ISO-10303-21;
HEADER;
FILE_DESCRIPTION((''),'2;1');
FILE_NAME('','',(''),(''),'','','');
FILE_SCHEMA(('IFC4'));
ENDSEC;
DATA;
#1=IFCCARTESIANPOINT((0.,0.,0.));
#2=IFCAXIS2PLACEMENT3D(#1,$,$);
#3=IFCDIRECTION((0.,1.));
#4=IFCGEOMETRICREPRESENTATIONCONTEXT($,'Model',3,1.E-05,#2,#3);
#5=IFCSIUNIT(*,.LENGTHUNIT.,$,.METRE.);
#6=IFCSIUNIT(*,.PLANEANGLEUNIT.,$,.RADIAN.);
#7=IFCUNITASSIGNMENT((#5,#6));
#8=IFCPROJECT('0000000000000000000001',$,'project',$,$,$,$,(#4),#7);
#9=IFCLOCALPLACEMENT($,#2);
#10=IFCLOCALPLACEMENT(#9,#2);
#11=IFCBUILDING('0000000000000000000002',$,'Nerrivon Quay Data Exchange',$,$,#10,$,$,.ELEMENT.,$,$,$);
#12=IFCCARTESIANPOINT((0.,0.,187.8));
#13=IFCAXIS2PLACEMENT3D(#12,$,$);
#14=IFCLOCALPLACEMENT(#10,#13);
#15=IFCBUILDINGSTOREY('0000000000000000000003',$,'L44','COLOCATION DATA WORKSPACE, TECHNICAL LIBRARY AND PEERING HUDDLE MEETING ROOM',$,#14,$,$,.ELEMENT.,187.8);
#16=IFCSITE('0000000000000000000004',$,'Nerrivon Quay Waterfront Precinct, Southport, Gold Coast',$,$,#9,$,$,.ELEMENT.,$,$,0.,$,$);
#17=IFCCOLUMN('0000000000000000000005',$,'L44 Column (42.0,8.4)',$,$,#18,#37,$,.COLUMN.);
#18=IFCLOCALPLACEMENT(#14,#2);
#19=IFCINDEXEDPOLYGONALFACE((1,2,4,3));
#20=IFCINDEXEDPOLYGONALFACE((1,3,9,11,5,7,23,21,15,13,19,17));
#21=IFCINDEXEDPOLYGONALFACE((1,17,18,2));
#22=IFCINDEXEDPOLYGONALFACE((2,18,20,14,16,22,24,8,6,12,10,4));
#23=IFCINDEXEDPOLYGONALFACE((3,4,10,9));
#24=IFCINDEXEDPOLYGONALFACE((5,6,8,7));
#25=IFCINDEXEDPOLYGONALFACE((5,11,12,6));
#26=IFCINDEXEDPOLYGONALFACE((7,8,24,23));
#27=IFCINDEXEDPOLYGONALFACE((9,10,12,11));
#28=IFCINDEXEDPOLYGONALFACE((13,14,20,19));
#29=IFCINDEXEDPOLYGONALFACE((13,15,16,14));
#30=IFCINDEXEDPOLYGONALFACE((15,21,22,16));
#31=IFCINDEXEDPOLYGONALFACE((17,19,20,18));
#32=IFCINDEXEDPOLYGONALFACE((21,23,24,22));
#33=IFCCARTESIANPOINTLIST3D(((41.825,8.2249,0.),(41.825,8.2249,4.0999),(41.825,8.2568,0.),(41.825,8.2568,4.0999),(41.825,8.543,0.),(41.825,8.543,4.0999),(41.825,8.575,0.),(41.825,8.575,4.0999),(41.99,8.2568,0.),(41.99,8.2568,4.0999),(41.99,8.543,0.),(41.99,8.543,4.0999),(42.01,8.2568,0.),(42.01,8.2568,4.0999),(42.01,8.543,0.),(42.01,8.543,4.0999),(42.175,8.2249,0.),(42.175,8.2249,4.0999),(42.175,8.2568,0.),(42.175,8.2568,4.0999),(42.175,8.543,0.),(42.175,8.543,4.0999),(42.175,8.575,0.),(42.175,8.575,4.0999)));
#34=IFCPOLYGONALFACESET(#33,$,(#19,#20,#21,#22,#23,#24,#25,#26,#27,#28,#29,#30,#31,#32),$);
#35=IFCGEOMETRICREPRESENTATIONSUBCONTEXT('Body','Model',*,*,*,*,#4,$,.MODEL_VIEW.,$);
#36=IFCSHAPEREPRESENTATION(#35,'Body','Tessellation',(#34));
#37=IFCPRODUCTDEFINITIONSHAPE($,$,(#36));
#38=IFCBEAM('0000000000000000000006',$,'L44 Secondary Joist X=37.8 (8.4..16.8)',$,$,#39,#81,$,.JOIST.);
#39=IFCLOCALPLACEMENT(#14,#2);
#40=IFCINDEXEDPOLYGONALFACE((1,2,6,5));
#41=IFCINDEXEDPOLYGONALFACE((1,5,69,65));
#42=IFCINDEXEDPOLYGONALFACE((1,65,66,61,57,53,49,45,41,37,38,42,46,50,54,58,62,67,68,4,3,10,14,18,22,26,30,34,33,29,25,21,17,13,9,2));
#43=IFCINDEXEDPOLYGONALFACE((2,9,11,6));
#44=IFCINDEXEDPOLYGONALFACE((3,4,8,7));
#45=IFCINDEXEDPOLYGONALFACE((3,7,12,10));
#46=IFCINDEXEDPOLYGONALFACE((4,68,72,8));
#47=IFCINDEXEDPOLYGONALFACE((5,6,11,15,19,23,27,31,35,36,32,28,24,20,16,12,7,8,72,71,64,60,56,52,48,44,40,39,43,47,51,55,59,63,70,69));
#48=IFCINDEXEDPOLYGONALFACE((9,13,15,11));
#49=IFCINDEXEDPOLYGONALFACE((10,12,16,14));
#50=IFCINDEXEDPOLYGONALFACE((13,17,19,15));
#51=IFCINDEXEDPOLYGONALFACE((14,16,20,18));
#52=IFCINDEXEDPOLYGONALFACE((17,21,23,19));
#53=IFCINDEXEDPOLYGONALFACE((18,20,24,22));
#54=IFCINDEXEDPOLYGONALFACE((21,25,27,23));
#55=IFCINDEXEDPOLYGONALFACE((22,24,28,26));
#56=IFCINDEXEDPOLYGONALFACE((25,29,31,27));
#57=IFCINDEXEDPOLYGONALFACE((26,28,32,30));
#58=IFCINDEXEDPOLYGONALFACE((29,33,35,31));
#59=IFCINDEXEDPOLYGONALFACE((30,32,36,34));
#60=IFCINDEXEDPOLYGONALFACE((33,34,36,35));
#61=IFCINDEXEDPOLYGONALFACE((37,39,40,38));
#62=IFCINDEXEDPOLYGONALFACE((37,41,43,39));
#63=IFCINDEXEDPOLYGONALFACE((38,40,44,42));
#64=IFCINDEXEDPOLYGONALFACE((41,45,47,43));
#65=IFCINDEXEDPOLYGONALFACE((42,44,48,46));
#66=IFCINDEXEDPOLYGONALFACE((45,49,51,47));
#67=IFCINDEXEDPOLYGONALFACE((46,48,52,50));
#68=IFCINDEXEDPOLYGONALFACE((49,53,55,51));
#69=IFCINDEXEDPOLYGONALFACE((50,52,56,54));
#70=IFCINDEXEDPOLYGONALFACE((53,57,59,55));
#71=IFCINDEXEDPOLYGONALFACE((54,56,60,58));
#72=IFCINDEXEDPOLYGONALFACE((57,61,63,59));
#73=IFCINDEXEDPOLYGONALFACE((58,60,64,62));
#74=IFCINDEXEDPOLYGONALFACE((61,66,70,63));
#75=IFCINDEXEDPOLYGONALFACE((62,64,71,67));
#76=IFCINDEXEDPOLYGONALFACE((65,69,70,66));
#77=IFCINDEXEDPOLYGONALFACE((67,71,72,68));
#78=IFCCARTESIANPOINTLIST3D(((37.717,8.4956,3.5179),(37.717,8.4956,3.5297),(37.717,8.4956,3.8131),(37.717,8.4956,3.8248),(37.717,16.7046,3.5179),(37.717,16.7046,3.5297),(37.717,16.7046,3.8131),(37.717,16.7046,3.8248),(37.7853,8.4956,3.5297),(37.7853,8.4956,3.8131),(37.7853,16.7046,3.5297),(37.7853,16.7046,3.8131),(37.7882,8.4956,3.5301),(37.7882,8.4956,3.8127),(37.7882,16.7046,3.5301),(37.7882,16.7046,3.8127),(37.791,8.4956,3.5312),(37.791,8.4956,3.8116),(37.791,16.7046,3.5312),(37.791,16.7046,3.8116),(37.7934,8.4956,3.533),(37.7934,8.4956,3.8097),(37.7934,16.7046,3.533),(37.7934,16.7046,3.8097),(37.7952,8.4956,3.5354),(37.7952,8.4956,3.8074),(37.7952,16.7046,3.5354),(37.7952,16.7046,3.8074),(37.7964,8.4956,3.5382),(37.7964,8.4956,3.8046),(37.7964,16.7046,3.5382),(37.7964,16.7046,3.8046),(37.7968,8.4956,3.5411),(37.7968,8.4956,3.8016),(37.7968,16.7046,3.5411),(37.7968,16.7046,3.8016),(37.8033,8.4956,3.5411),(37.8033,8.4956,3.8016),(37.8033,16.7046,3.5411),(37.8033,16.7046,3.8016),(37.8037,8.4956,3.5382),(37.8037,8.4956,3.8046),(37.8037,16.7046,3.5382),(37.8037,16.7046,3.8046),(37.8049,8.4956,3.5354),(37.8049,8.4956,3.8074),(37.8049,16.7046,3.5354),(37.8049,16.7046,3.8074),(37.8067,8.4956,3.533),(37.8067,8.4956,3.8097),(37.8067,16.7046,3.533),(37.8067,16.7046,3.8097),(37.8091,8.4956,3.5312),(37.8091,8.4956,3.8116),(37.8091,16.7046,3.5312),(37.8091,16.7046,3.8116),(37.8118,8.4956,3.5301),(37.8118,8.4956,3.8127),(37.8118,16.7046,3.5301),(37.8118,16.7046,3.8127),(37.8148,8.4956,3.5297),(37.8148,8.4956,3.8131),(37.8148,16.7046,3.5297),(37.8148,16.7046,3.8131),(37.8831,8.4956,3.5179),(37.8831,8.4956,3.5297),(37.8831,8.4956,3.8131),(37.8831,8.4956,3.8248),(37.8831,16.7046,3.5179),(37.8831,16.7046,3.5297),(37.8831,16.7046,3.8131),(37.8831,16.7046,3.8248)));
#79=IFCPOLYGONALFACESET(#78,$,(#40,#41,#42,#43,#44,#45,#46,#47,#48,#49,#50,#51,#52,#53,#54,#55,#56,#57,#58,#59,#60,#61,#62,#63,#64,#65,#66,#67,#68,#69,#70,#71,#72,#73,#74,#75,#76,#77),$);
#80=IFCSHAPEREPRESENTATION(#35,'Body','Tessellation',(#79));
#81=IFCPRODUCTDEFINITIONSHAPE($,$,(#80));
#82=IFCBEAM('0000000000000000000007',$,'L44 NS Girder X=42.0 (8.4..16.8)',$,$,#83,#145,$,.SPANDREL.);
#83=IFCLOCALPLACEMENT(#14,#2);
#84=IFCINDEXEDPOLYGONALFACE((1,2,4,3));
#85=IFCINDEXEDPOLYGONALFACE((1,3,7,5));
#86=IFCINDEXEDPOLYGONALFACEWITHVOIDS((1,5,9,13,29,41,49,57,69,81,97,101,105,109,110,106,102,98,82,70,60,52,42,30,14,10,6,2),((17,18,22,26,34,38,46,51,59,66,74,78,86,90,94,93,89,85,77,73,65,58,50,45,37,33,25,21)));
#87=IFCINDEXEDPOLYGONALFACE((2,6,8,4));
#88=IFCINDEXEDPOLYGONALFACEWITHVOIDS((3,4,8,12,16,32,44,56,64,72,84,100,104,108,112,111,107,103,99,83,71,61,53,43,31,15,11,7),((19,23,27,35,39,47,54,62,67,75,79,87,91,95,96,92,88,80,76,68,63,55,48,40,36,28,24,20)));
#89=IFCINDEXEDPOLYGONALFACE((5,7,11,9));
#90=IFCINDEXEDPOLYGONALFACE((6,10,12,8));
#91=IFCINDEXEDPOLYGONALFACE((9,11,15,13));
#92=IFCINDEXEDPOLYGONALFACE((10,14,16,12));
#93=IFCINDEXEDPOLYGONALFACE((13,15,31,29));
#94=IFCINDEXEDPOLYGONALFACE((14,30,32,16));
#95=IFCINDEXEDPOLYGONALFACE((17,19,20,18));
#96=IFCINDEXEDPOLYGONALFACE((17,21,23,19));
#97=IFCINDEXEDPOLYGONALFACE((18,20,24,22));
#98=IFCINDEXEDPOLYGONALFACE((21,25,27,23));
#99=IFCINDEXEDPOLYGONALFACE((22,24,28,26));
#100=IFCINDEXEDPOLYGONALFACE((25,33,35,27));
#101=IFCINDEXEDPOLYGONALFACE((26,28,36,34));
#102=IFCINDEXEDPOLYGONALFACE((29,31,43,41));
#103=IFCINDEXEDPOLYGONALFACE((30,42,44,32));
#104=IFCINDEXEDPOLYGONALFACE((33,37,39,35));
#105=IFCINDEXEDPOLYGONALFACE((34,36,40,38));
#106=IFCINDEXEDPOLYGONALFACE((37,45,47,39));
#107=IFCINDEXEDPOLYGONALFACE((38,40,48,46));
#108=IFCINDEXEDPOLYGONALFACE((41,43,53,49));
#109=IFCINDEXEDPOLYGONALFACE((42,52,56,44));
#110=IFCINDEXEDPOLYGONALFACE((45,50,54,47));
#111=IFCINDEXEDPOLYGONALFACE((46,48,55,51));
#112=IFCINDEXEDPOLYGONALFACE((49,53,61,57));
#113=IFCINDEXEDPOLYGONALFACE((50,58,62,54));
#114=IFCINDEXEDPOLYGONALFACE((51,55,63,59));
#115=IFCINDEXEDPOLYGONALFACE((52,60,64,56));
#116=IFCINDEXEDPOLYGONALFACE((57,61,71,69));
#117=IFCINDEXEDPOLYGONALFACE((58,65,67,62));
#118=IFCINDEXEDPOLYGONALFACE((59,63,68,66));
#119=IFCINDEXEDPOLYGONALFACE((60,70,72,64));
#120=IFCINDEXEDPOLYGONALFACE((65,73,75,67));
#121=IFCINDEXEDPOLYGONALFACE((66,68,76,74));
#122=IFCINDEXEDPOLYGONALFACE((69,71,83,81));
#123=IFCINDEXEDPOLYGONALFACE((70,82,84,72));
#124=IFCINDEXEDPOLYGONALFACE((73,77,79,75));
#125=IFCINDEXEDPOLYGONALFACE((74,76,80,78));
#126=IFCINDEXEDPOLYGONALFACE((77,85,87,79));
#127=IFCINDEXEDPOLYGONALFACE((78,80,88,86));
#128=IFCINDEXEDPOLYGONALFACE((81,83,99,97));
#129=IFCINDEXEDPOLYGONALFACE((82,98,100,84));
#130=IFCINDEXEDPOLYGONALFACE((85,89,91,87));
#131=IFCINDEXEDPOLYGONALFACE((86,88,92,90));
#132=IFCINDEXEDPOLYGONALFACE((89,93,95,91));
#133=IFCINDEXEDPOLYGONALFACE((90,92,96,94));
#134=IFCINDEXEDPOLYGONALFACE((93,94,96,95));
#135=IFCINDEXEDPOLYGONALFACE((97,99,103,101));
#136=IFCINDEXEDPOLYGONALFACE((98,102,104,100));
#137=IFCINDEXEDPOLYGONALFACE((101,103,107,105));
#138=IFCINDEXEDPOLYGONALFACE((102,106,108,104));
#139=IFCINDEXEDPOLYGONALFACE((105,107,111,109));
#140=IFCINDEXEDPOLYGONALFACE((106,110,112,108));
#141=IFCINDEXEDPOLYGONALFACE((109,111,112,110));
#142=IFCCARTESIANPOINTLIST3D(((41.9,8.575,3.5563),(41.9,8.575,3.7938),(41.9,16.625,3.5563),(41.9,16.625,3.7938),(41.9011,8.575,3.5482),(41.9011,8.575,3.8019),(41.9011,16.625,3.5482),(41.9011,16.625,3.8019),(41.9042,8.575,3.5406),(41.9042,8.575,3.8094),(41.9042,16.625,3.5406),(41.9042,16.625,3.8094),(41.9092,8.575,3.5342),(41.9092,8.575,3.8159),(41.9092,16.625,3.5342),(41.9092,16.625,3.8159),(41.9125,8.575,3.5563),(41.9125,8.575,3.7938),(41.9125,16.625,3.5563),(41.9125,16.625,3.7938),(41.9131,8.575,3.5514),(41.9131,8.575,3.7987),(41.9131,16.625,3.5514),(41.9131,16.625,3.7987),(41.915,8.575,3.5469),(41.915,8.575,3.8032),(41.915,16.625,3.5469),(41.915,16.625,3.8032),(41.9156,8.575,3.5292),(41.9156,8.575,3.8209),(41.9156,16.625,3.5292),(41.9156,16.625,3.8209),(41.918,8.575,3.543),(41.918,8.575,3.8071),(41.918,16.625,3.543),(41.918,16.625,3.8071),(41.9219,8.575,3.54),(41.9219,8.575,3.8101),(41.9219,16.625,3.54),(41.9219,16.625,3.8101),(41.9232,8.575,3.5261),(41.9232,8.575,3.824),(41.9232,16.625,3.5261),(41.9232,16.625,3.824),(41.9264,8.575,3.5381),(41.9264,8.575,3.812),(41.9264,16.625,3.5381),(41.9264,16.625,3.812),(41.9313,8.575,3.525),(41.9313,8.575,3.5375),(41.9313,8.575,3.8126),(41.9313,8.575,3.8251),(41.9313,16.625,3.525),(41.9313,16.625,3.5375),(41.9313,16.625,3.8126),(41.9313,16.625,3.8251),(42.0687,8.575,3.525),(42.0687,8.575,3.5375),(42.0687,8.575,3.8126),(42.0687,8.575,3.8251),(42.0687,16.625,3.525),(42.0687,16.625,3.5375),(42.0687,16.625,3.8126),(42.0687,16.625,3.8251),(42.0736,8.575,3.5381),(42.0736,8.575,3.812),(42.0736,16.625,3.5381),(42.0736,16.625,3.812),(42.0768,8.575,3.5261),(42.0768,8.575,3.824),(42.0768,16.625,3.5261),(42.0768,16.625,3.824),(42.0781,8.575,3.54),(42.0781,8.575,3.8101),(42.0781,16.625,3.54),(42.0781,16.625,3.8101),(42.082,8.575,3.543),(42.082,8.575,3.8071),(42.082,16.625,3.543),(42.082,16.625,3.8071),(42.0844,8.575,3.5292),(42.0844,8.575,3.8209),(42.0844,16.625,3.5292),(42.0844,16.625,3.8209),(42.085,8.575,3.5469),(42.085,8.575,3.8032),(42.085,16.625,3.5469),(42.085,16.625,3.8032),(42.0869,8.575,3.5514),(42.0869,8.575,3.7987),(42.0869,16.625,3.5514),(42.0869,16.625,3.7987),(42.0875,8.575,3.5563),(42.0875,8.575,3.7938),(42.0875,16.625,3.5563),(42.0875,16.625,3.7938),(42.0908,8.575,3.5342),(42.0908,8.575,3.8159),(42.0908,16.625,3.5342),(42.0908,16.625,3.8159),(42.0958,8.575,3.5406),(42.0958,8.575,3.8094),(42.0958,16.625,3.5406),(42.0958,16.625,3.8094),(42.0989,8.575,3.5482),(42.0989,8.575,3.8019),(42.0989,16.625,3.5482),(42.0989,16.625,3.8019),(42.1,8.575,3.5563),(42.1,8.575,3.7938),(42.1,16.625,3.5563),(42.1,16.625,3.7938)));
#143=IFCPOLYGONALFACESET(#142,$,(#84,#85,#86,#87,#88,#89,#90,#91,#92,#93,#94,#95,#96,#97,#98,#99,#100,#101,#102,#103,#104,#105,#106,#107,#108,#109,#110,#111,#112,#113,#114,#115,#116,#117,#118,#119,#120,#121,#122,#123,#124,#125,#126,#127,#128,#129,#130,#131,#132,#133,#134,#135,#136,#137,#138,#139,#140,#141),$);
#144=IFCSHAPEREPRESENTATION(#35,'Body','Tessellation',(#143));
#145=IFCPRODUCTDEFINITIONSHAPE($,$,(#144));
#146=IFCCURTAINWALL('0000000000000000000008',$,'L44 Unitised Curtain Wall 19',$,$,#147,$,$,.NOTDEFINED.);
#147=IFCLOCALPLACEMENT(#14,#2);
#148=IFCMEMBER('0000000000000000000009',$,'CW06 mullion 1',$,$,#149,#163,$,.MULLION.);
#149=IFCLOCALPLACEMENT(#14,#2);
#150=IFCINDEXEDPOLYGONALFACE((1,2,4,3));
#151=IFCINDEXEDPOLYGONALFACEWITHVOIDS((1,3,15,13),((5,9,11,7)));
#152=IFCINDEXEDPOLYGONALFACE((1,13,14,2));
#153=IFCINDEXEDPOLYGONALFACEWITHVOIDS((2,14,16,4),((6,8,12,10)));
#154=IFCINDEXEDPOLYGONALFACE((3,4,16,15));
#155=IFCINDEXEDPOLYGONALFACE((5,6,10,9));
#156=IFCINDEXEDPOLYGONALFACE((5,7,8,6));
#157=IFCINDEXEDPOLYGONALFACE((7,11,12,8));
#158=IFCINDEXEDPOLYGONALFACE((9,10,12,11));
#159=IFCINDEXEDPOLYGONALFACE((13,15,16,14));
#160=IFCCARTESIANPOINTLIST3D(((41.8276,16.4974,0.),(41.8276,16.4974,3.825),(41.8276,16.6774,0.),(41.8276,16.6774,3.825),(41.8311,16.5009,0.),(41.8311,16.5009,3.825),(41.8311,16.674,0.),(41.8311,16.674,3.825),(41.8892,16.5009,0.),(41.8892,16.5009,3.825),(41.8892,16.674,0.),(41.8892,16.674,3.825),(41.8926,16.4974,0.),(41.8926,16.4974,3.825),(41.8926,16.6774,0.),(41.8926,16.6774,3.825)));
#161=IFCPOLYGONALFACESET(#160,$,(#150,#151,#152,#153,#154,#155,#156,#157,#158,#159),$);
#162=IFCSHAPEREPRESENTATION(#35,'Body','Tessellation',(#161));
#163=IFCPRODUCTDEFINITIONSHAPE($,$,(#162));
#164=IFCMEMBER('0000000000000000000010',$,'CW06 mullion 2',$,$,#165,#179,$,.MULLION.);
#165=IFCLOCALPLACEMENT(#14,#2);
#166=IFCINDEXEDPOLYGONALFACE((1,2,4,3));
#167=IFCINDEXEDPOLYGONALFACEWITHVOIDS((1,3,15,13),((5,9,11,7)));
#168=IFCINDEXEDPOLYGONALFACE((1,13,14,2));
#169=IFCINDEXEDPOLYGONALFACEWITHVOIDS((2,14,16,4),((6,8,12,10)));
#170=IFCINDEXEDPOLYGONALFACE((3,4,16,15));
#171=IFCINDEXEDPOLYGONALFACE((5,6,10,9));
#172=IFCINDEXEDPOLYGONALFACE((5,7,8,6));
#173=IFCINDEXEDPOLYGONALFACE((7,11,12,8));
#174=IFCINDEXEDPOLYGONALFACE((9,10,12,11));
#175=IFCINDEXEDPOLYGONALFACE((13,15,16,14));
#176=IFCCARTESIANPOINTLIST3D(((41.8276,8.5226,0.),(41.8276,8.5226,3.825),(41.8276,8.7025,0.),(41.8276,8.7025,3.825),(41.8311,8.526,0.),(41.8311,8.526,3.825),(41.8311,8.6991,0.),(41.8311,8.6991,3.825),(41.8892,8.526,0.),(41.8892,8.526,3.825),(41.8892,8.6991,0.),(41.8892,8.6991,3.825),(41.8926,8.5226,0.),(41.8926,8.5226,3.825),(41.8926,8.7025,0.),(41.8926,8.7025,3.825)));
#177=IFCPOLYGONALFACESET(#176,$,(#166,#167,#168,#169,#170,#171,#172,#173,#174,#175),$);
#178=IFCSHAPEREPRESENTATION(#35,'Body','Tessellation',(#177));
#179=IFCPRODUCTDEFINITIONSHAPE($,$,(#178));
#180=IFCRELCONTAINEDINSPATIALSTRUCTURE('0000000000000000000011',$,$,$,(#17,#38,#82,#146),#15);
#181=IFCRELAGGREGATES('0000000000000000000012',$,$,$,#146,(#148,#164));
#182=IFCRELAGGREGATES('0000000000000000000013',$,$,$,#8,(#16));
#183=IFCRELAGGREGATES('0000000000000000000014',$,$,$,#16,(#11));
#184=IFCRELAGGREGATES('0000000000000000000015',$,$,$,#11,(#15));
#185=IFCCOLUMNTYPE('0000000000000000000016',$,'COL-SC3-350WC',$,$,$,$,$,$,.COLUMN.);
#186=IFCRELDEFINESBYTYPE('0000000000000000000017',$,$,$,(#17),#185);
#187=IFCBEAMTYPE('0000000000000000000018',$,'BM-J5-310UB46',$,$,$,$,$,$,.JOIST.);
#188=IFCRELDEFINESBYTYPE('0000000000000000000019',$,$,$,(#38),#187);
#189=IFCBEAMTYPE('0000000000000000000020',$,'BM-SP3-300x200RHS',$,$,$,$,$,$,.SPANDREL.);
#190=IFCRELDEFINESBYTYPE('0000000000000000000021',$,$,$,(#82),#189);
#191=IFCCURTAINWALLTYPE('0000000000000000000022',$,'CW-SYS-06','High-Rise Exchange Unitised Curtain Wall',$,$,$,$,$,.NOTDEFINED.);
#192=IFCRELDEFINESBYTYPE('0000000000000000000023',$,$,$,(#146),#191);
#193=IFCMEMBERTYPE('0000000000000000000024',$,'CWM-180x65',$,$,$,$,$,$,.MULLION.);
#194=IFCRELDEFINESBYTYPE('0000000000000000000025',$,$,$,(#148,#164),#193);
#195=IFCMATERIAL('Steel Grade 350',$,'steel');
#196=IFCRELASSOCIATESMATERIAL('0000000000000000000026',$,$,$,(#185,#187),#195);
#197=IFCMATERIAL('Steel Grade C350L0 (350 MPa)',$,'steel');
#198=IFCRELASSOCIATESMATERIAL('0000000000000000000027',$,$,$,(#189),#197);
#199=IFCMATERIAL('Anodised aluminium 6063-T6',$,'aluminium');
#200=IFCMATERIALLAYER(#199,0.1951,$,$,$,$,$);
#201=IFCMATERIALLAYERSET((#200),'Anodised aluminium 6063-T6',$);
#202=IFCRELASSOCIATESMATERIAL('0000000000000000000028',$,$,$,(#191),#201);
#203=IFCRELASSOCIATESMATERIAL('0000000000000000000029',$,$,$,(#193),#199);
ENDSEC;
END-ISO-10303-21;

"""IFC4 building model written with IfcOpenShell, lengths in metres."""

from ifc_helpers import new_model, si_unit, direction, frame, origin, origin_2d, place, context, subcontext, project, spatial, hollow_rectangle, i_section, extrude, material, layer, layer_set, material_profile, profile_set, type_object, element, aggregate, save


model = new_model("IFC4")

# Units and contexts
model_context = context("Model", 3, precision=1e-05, world=origin(), true_north=direction((0.0, 1.0)))
body_context = subcontext(model_context, "Body", "Model", "MODEL_VIEW")
ifc_project = project(units=[si_unit("LENGTHUNIT", "METRE"), si_unit("PLANEANGLEUNIT", "RADIAN")], contexts=[model_context])

# Site, building, storey
site_placement = place(None, origin())
site = spatial("IfcSite", under=ifc_project, at=site_placement, Name="Nerrivon Quay Waterfront Precinct, Southport, Gold Coast", CompositionType="ELEMENT", RefElevation=0.0)
building_placement = place(site_placement, origin())
building = spatial("IfcBuilding", under=site, at=building_placement, Name="Nerrivon Quay Data Exchange", CompositionType="ELEMENT")
storey_placement = place(building_placement, frame((0.0, 0.0, 187.8)))
storey = spatial("IfcBuildingStorey", under=building, at=storey_placement, Name="L44", Description="COLOCATION DATA WORKSPACE, TECHNICAL LIBRARY AND PEERING HUDDLE MEETING ROOM", CompositionType="ELEMENT", Elevation=187.8)

# Column
ifc_material_1 = material(Name="Steel Grade 350", Category="steel")
ifc_material_profile_1 = material_profile(ifc_material_1, i_section(OverallWidth=0.3501, OverallDepth=0.3501, WebThickness=0.02, FlangeThickness=0.032, at=origin_2d()), Name="350WC230")
ifc_profile_set_1 = profile_set([ifc_material_profile_1], Name="Steel Grade 350")
column_type = type_object("IfcColumnType", Name="COL-SC3-350WC", PredefinedType="COLUMN", material=ifc_profile_set_1)
column_placement = place(storey_placement, frame((42.0, 8.3999, 0.0), z_axis=(0.0, 0.0, 1.0), x_axis=(1.0, 0.0, 0.0)))
element("IfcColumn", 1, at=column_placement, inside=storey, type_object=column_type, Name="L44 Column (42.0,8.4)", PredefinedType="COLUMN", context=body_context, shape_type="SweptSolid", body=[
    extrude(i_section(OverallWidth=0.3501, OverallDepth=0.3501, WebThickness=0.02, FlangeThickness=0.032, at=origin_2d()), origin(), (0.0, 0.0, 1.0), 4.0999),
])

# Beams
ifc_material_profile_2 = material_profile(ifc_material_1, i_section(OverallWidth=0.166, OverallDepth=0.3069, WebThickness=0.0066, FlangeThickness=0.0117, FilletRadius=0.0115, at=origin_2d()), Name="310UB46.2")
ifc_profile_set_2 = profile_set([ifc_material_profile_2], Name="Steel Grade 350")
beam_type_1 = type_object("IfcBeamType", Name="BM-J5-310UB46", PredefinedType="JOIST", material=ifc_profile_set_2)
beam_1_placement = place(storey_placement, frame((37.8, 8.4956, 3.6714), z_axis=(0.0, 1.0, 0.0), x_axis=(-1.0, 0.0, 0.0)))
element("IfcBeam", 2, at=beam_1_placement, inside=storey, type_object=beam_type_1, Name="L44 Secondary Joist X=37.8 (8.4..16.8)", PredefinedType="JOIST", context=body_context, shape_type="SweptSolid", body=[
    extrude(i_section(OverallWidth=0.166, OverallDepth=0.3069, WebThickness=0.0066, FlangeThickness=0.0117, FilletRadius=0.0115, at=origin_2d()), origin(), (0.0, 0.0, 1.0), 8.209),
])
ifc_material_2 = material(Name="Steel Grade C350L0 (350 MPa)", Category="steel")
ifc_material_profile_3 = material_profile(ifc_material_2, hollow_rectangle(XDim=0.2, YDim=0.3, WallThickness=0.0125, InnerFilletRadius=0.0188, OuterFilletRadius=0.0312, at=origin_2d()), Name="300x200x12.5RHS")
ifc_profile_set_3 = profile_set([ifc_material_profile_3], Name="Steel Grade C350L0 (350 MPa)")
beam_type_2 = type_object("IfcBeamType", Name="BM-SP3-300x200RHS", PredefinedType="SPANDREL", material=ifc_profile_set_3)
beam_2_placement = place(storey_placement, frame((42.0, 8.575, 3.675), z_axis=(0.0, 1.0, 0.0), x_axis=(-1.0, 0.0, 0.0)))
element("IfcBeam", 3, at=beam_2_placement, inside=storey, type_object=beam_type_2, Name="L44 NS Girder X=42.0 (8.4..16.8)", PredefinedType="SPANDREL", context=body_context, shape_type="SweptSolid", body=[
    extrude(hollow_rectangle(XDim=0.2, YDim=0.3, WallThickness=0.0125, InnerFilletRadius=0.0188, OuterFilletRadius=0.0312, at=origin_2d()), origin(), (0.0, 0.0, 1.0), 8.05),
])

# Curtain wall, members
ifc_material_3 = material(Name="Anodised aluminium 6063-T6", Category="aluminium")
ifc_layer_1 = layer(ifc_material_3, 0.1951)
ifc_layer_set_1 = layer_set([ifc_layer_1], Name="Anodised aluminium 6063-T6")
curtain_wall_type = type_object("IfcCurtainWallType", Name="CW-SYS-06", Description="High-Rise Exchange Unitised Curtain Wall", PredefinedType="NOTDEFINED", material=ifc_layer_set_1)
curtain_wall_1_placement = place(storey_placement, origin())
curtain_wall_1 = element("IfcCurtainWall", 4, at=curtain_wall_1_placement, inside=storey, type_object=curtain_wall_type, Name="L44 Unitised Curtain Wall 19", PredefinedType="NOTDEFINED")
ifc_material_profile_4 = material_profile(ifc_material_3, hollow_rectangle(XDim=0.0649, YDim=0.1799, WallThickness=0.0034, at=origin_2d()), Name="ALU-MULL-180x65")
ifc_profile_set_4 = profile_set([ifc_material_profile_4], Name="Anodised aluminium 6063-T6")
member_type_1 = type_object("IfcMemberType", Name="CWM-180x65", PredefinedType="MULLION", material=ifc_profile_set_4)
member_1_placement = place(storey_placement, frame((41.8601, 16.5874, 0.0), z_axis=(0.0, 0.0, 1.0), x_axis=(1.0, 0.0, 0.0)))
member_1 = element("IfcMember", 5, at=member_1_placement, type_object=member_type_1, Name="CW06 mullion 1", PredefinedType="MULLION", context=body_context, shape_type="SweptSolid", body=[
    extrude(hollow_rectangle(XDim=0.0649, YDim=0.1799, WallThickness=0.0034, at=origin_2d()), origin(), (0.0, 0.0, 1.0), 3.825),
])
member_2_placement = place(storey_placement, frame((41.8601, 8.6125, 0.0), z_axis=(0.0, 0.0, 1.0), x_axis=(1.0, 0.0, 0.0)))
member_2 = element("IfcMember", 6, at=member_2_placement, type_object=member_type_1, Name="CW06 mullion 2", PredefinedType="MULLION", context=body_context, shape_type="SweptSolid", body=[
    extrude(hollow_rectangle(XDim=0.0649, YDim=0.1799, WallThickness=0.0034, at=origin_2d()), origin(), (0.0, 0.0, 1.0), 3.825),
])

aggregate(curtain_wall_1, [member_1, member_2])

save(model, "model.ifc")
